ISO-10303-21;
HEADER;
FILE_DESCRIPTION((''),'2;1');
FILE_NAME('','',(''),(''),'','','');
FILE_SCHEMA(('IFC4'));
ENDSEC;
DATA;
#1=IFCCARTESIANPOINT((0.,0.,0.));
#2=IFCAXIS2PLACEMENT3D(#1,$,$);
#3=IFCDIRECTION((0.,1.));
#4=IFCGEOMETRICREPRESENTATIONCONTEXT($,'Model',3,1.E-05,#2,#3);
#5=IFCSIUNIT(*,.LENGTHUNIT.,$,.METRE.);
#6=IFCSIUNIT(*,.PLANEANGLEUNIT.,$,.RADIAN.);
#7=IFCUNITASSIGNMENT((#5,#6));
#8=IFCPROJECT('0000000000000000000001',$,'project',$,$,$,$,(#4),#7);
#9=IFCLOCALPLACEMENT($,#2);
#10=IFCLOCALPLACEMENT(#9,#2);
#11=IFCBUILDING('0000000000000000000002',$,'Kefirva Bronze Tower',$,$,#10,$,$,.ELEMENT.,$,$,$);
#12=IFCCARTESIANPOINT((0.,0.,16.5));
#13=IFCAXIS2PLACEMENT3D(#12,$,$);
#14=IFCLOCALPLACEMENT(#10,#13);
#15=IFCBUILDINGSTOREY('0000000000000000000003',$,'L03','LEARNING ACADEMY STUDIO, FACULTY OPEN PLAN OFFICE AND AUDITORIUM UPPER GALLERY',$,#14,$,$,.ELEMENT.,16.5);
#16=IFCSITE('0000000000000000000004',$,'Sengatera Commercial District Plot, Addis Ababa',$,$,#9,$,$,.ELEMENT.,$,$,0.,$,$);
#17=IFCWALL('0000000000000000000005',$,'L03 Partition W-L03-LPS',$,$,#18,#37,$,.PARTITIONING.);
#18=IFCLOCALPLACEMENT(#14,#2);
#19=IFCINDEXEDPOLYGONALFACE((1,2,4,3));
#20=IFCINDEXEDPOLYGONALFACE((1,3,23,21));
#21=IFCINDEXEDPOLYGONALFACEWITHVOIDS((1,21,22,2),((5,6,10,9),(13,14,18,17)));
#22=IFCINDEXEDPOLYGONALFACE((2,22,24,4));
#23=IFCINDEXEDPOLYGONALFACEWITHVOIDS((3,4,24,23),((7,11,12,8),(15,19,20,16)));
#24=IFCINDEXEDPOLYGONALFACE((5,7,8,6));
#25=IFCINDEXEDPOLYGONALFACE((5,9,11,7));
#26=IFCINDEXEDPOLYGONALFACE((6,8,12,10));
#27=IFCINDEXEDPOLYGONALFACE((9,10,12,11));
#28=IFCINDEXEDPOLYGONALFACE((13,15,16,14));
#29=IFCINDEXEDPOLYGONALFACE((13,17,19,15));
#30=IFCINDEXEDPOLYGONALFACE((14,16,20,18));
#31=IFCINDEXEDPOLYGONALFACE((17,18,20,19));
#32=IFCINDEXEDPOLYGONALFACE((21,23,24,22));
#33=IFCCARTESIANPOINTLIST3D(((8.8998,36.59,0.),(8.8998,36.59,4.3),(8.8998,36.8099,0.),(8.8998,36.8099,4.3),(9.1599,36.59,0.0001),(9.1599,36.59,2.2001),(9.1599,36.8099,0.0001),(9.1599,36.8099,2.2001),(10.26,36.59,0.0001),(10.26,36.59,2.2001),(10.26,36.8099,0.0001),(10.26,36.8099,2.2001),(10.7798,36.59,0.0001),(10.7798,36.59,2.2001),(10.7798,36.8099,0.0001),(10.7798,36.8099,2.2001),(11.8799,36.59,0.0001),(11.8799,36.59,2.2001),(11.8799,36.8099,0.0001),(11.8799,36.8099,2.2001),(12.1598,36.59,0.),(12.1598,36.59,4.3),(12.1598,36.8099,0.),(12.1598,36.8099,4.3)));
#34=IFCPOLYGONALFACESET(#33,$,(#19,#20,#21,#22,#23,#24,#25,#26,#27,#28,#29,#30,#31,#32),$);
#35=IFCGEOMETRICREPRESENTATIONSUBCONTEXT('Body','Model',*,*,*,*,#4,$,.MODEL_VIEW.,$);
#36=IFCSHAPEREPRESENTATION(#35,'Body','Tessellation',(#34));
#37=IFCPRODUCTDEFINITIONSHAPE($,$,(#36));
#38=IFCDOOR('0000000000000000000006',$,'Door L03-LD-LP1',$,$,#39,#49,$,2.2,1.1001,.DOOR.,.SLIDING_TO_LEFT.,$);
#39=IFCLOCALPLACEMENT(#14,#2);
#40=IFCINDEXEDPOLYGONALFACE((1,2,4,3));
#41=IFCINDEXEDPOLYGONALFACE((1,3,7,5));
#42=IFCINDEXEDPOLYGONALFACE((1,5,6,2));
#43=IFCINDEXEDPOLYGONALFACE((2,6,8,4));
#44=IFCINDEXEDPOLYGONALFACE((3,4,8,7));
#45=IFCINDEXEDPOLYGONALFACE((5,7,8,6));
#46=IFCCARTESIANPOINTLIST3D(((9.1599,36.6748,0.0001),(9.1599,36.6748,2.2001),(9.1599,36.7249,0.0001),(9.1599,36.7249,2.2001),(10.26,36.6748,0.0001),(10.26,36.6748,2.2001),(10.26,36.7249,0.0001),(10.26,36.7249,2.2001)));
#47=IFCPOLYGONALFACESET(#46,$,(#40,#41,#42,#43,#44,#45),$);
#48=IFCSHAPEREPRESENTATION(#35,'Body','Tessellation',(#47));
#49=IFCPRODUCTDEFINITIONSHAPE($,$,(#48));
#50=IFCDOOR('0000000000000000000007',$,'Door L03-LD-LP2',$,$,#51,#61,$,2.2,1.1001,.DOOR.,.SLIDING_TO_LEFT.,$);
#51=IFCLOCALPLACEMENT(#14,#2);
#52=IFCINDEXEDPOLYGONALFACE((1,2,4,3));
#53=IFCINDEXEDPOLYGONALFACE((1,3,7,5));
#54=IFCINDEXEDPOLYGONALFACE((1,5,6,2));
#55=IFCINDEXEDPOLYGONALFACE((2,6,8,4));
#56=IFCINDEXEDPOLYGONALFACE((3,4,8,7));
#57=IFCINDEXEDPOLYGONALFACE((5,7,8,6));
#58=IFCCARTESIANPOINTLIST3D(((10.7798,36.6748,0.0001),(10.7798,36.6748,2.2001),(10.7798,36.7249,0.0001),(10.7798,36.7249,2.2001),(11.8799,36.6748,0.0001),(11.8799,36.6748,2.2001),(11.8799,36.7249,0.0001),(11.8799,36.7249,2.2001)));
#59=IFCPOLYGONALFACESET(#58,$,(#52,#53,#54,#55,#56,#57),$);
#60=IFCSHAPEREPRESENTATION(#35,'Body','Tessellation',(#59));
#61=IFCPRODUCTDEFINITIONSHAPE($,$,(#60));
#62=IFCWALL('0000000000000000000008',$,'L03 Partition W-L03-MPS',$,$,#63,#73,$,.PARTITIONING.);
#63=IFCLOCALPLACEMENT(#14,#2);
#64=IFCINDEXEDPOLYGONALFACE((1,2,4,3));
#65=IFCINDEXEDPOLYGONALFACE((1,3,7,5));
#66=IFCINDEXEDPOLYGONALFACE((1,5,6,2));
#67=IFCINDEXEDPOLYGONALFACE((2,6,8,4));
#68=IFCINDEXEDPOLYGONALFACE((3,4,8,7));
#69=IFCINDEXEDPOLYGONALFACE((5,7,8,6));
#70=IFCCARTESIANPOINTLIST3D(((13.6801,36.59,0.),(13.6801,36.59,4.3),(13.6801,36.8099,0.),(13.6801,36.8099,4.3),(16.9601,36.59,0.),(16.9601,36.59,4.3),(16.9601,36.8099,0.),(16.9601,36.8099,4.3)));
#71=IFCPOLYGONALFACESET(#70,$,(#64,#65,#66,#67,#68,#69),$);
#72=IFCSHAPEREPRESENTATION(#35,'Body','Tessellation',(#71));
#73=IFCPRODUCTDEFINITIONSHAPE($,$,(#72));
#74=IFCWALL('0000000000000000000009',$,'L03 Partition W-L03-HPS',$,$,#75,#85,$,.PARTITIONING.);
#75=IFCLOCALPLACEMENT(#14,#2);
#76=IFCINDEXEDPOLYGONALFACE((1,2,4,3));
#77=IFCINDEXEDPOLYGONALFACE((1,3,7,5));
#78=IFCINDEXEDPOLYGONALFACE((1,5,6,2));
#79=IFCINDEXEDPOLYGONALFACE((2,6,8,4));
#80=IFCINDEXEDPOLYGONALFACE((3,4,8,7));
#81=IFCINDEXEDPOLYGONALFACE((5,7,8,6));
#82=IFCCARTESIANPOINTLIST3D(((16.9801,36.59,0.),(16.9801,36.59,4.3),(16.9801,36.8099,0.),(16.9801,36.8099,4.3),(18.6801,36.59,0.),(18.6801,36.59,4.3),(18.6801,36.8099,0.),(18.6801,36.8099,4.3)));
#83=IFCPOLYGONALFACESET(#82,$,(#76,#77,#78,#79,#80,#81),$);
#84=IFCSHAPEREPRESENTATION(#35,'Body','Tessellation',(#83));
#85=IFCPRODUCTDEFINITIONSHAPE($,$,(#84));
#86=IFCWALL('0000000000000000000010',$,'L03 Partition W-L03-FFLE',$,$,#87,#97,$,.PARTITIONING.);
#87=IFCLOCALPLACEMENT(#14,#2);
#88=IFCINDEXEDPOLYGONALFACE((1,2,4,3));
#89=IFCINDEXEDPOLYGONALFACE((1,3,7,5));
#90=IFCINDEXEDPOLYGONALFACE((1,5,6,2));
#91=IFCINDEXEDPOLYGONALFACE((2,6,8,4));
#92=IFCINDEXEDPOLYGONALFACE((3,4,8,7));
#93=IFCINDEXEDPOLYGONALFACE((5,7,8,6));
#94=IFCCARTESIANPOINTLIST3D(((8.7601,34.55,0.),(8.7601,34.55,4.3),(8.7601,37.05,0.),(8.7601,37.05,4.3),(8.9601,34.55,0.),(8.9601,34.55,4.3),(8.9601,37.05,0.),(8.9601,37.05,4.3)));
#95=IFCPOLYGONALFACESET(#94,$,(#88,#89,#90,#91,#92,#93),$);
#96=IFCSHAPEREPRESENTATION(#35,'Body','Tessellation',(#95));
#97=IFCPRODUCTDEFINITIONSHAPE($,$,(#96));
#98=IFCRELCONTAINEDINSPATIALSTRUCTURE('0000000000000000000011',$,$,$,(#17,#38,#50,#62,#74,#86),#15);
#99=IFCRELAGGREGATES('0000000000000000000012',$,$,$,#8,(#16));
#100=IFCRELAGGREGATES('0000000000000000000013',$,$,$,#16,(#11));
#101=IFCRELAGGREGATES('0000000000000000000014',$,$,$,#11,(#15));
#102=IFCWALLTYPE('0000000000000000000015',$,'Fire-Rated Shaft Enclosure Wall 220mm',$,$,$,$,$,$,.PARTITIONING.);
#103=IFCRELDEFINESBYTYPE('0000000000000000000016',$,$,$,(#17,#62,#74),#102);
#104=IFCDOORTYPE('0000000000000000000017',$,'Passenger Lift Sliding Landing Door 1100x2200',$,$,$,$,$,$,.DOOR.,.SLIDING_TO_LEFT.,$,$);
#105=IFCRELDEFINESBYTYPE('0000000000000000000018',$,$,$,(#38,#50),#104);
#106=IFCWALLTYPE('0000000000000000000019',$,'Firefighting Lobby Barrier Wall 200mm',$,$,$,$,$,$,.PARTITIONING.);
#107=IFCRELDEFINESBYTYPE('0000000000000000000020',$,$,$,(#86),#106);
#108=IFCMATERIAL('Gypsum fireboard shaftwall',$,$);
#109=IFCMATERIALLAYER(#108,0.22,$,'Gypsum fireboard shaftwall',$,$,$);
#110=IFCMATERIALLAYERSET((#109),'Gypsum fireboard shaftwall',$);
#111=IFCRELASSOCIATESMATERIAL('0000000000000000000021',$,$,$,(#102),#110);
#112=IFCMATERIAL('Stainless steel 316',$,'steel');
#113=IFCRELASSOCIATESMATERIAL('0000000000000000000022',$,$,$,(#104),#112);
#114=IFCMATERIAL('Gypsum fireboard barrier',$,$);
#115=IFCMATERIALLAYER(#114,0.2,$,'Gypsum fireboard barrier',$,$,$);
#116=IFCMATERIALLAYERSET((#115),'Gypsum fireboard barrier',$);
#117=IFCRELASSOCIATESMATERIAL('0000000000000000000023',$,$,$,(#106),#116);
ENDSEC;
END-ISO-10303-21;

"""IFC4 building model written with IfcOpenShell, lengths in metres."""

from ifc_helpers import new_model, si_unit, direction, frame, frame_2d, origin, place, context, subcontext, project, spatial, rectangle, extrude, material, layer, layer_set, type_object, element, fill, save


model = new_model("IFC4")

# Units and contexts
model_context = context("Model", 3, precision=1e-05, world=origin(), true_north=direction((0.0, 1.0)))
body_context = subcontext(model_context, "Body", "Model", "MODEL_VIEW")
ifc_project = project(units=[si_unit("LENGTHUNIT", "METRE"), si_unit("PLANEANGLEUNIT", "RADIAN")], contexts=[model_context])

# Site, building, storey
site_placement = place(None, origin())
site = spatial("IfcSite", under=ifc_project, at=site_placement, Name="Sengatera Commercial District Plot, Addis Ababa", CompositionType="ELEMENT", RefElevation=0.0)
building_placement = place(site_placement, origin())
building = spatial("IfcBuilding", under=site, at=building_placement, Name="Kefirva Bronze Tower", CompositionType="ELEMENT")
storey_placement = place(building_placement, frame((0.0, 0.0, 16.5)))
storey = spatial("IfcBuildingStorey", under=building, at=storey_placement, Name="L03", Description="LEARNING ACADEMY STUDIO, FACULTY OPEN PLAN OFFICE AND AUDITORIUM UPPER GALLERY", CompositionType="ELEMENT", Elevation=16.5)

# Shared definitions
ifc_material_1 = material(Name="Gypsum fireboard shaftwall")
ifc_layer_1 = layer(ifc_material_1, 0.22, Name="Gypsum fireboard shaftwall")
ifc_layer_set_1 = layer_set([ifc_layer_1], Name="Gypsum fireboard shaftwall")
wall_type_1 = type_object("IfcWallType", Name="Fire-Rated Shaft Enclosure Wall 220mm", PredefinedType="PARTITIONING", material=ifc_layer_set_1)
ifc_material_2 = material(Name="Stainless steel 316", Category="steel")

# Wall, openings, doors
wall_1_placement = place(storey_placement, frame((8.8999, 36.7, 0.0), z_axis=(0.0, 0.0, 1.0), x_axis=(1.0, 0.0, 0.0)))
wall_1 = element("IfcWall", 1, at=wall_1_placement, inside=storey, type_object=wall_type_1, Name="L03 Partition W-L03-LPS", PredefinedType="PARTITIONING", context=body_context, shape_type="SweptSolid", body=[
    extrude(rectangle(XDim=3.26, YDim=0.22, at=frame_2d((1.6299, 0.0))), origin(), (0.0, 0.0, 1.0), 4.3),
])
opening_1_placement = place(wall_1_placement, frame((0.26, 0.0, 0.0)))
opening_1 = element("IfcOpeningElement", 2, at=opening_1_placement, cuts=wall_1, PredefinedType="OPENING", context=body_context, shape_type="SweptSolid", body=[
    extrude(rectangle(XDim=1.1001, YDim=2.2, at=frame_2d((0.55, 1.1001))), frame((0.0, 0.1201, 0.0), z_axis=(0.0, -1.0, 0.0), x_axis=(1.0, 0.0, 0.0)), (0.0, 0.0, 1.0), 0.24),
])
opening_2_placement = place(wall_1_placement, frame((1.8799, 0.0, 0.0)))
opening_2 = element("IfcOpeningElement", 3, at=opening_2_placement, cuts=wall_1, PredefinedType="OPENING", context=body_context, shape_type="SweptSolid", body=[
    extrude(rectangle(XDim=1.1001, YDim=2.2, at=frame_2d((0.55, 1.1001))), frame((0.0, 0.1201, 0.0), z_axis=(0.0, -1.0, 0.0), x_axis=(1.0, 0.0, 0.0)), (0.0, 0.0, 1.0), 0.24),
])
door_type_1 = type_object("IfcDoorType", Name="Passenger Lift Sliding Landing Door 1100x2200", OperationType="SLIDING_TO_LEFT", PredefinedType="DOOR", material=ifc_material_2)
door_1_placement = place(opening_1_placement, origin())
door_1 = element("IfcDoor", 4, at=door_1_placement, inside=storey, type_object=door_type_1, Name="Door L03-LD-LP1", OperationType="SLIDING_TO_LEFT", OverallHeight=2.2, OverallWidth=1.1001, PredefinedType="DOOR", context=body_context, shape_type="SweptSolid", body=[
    extrude(rectangle(XDim=1.1001, YDim=2.2, at=frame_2d((0.55, 1.1001))), frame((0.0, 0.0249, 0.0), z_axis=(0.0, -1.0, 0.0), x_axis=(1.0, 0.0, 0.0)), (0.0, 0.0, 1.0), 0.05),
])
fill(opening_1, door_1)
door_2_placement = place(opening_2_placement, origin())
door_2 = element("IfcDoor", 5, at=door_2_placement, inside=storey, type_object=door_type_1, Name="Door L03-LD-LP2", OperationType="SLIDING_TO_LEFT", OverallHeight=2.2, OverallWidth=1.1001, PredefinedType="DOOR", context=body_context, shape_type="SweptSolid", body=[
    extrude(rectangle(XDim=1.1001, YDim=2.2, at=frame_2d((0.55, 1.1001))), frame((0.0, 0.0249, 0.0), z_axis=(0.0, -1.0, 0.0), x_axis=(1.0, 0.0, 0.0)), (0.0, 0.0, 1.0), 0.05),
])
fill(opening_2, door_2)

# Walls
wall_2_placement = place(storey_placement, frame((13.6799, 36.7, 0.0), z_axis=(0.0, 0.0, 1.0), x_axis=(1.0, 0.0, 0.0)))
element("IfcWall", 6, at=wall_2_placement, inside=storey, type_object=wall_type_1, Name="L03 Partition W-L03-MPS", PredefinedType="PARTITIONING", context=body_context, shape_type="SweptSolid", body=[
    extrude(rectangle(XDim=3.28, YDim=0.22, at=frame_2d((1.6401, 0.0))), origin(), (0.0, 0.0, 1.0), 4.3),
])
wall_3_placement = place(storey_placement, frame((16.98, 36.7, 0.0), z_axis=(0.0, 0.0, 1.0), x_axis=(1.0, 0.0, 0.0)))
element("IfcWall", 7, at=wall_3_placement, inside=storey, type_object=wall_type_1, Name="L03 Partition W-L03-HPS", PredefinedType="PARTITIONING", context=body_context, shape_type="SweptSolid", body=[
    extrude(rectangle(XDim=1.7, YDim=0.22, at=frame_2d((0.8501, 0.0))), origin(), (0.0, 0.0, 1.0), 4.3),
])
ifc_material_3 = material(Name="Gypsum fireboard barrier")
ifc_layer_2 = layer(ifc_material_3, 0.2, Name="Gypsum fireboard barrier")
ifc_layer_set_2 = layer_set([ifc_layer_2], Name="Gypsum fireboard barrier")
wall_type_2 = type_object("IfcWallType", Name="Firefighting Lobby Barrier Wall 200mm", PredefinedType="PARTITIONING", material=ifc_layer_set_2)
wall_4_placement = place(storey_placement, frame((8.8601, 34.55, 0.0), z_axis=(0.0, 0.0, 1.0), x_axis=(0.0, 1.0, 0.0)))
element("IfcWall", 8, at=wall_4_placement, inside=storey, type_object=wall_type_2, Name="L03 Partition W-L03-FFLE", PredefinedType="PARTITIONING", context=body_context, shape_type="SweptSolid", body=[
    extrude(rectangle(XDim=2.5, YDim=0.2, at=frame_2d((1.25, 0.0))), origin(), (0.0, 0.0, 1.0), 4.3),
])

save(model, "model.ifc")
